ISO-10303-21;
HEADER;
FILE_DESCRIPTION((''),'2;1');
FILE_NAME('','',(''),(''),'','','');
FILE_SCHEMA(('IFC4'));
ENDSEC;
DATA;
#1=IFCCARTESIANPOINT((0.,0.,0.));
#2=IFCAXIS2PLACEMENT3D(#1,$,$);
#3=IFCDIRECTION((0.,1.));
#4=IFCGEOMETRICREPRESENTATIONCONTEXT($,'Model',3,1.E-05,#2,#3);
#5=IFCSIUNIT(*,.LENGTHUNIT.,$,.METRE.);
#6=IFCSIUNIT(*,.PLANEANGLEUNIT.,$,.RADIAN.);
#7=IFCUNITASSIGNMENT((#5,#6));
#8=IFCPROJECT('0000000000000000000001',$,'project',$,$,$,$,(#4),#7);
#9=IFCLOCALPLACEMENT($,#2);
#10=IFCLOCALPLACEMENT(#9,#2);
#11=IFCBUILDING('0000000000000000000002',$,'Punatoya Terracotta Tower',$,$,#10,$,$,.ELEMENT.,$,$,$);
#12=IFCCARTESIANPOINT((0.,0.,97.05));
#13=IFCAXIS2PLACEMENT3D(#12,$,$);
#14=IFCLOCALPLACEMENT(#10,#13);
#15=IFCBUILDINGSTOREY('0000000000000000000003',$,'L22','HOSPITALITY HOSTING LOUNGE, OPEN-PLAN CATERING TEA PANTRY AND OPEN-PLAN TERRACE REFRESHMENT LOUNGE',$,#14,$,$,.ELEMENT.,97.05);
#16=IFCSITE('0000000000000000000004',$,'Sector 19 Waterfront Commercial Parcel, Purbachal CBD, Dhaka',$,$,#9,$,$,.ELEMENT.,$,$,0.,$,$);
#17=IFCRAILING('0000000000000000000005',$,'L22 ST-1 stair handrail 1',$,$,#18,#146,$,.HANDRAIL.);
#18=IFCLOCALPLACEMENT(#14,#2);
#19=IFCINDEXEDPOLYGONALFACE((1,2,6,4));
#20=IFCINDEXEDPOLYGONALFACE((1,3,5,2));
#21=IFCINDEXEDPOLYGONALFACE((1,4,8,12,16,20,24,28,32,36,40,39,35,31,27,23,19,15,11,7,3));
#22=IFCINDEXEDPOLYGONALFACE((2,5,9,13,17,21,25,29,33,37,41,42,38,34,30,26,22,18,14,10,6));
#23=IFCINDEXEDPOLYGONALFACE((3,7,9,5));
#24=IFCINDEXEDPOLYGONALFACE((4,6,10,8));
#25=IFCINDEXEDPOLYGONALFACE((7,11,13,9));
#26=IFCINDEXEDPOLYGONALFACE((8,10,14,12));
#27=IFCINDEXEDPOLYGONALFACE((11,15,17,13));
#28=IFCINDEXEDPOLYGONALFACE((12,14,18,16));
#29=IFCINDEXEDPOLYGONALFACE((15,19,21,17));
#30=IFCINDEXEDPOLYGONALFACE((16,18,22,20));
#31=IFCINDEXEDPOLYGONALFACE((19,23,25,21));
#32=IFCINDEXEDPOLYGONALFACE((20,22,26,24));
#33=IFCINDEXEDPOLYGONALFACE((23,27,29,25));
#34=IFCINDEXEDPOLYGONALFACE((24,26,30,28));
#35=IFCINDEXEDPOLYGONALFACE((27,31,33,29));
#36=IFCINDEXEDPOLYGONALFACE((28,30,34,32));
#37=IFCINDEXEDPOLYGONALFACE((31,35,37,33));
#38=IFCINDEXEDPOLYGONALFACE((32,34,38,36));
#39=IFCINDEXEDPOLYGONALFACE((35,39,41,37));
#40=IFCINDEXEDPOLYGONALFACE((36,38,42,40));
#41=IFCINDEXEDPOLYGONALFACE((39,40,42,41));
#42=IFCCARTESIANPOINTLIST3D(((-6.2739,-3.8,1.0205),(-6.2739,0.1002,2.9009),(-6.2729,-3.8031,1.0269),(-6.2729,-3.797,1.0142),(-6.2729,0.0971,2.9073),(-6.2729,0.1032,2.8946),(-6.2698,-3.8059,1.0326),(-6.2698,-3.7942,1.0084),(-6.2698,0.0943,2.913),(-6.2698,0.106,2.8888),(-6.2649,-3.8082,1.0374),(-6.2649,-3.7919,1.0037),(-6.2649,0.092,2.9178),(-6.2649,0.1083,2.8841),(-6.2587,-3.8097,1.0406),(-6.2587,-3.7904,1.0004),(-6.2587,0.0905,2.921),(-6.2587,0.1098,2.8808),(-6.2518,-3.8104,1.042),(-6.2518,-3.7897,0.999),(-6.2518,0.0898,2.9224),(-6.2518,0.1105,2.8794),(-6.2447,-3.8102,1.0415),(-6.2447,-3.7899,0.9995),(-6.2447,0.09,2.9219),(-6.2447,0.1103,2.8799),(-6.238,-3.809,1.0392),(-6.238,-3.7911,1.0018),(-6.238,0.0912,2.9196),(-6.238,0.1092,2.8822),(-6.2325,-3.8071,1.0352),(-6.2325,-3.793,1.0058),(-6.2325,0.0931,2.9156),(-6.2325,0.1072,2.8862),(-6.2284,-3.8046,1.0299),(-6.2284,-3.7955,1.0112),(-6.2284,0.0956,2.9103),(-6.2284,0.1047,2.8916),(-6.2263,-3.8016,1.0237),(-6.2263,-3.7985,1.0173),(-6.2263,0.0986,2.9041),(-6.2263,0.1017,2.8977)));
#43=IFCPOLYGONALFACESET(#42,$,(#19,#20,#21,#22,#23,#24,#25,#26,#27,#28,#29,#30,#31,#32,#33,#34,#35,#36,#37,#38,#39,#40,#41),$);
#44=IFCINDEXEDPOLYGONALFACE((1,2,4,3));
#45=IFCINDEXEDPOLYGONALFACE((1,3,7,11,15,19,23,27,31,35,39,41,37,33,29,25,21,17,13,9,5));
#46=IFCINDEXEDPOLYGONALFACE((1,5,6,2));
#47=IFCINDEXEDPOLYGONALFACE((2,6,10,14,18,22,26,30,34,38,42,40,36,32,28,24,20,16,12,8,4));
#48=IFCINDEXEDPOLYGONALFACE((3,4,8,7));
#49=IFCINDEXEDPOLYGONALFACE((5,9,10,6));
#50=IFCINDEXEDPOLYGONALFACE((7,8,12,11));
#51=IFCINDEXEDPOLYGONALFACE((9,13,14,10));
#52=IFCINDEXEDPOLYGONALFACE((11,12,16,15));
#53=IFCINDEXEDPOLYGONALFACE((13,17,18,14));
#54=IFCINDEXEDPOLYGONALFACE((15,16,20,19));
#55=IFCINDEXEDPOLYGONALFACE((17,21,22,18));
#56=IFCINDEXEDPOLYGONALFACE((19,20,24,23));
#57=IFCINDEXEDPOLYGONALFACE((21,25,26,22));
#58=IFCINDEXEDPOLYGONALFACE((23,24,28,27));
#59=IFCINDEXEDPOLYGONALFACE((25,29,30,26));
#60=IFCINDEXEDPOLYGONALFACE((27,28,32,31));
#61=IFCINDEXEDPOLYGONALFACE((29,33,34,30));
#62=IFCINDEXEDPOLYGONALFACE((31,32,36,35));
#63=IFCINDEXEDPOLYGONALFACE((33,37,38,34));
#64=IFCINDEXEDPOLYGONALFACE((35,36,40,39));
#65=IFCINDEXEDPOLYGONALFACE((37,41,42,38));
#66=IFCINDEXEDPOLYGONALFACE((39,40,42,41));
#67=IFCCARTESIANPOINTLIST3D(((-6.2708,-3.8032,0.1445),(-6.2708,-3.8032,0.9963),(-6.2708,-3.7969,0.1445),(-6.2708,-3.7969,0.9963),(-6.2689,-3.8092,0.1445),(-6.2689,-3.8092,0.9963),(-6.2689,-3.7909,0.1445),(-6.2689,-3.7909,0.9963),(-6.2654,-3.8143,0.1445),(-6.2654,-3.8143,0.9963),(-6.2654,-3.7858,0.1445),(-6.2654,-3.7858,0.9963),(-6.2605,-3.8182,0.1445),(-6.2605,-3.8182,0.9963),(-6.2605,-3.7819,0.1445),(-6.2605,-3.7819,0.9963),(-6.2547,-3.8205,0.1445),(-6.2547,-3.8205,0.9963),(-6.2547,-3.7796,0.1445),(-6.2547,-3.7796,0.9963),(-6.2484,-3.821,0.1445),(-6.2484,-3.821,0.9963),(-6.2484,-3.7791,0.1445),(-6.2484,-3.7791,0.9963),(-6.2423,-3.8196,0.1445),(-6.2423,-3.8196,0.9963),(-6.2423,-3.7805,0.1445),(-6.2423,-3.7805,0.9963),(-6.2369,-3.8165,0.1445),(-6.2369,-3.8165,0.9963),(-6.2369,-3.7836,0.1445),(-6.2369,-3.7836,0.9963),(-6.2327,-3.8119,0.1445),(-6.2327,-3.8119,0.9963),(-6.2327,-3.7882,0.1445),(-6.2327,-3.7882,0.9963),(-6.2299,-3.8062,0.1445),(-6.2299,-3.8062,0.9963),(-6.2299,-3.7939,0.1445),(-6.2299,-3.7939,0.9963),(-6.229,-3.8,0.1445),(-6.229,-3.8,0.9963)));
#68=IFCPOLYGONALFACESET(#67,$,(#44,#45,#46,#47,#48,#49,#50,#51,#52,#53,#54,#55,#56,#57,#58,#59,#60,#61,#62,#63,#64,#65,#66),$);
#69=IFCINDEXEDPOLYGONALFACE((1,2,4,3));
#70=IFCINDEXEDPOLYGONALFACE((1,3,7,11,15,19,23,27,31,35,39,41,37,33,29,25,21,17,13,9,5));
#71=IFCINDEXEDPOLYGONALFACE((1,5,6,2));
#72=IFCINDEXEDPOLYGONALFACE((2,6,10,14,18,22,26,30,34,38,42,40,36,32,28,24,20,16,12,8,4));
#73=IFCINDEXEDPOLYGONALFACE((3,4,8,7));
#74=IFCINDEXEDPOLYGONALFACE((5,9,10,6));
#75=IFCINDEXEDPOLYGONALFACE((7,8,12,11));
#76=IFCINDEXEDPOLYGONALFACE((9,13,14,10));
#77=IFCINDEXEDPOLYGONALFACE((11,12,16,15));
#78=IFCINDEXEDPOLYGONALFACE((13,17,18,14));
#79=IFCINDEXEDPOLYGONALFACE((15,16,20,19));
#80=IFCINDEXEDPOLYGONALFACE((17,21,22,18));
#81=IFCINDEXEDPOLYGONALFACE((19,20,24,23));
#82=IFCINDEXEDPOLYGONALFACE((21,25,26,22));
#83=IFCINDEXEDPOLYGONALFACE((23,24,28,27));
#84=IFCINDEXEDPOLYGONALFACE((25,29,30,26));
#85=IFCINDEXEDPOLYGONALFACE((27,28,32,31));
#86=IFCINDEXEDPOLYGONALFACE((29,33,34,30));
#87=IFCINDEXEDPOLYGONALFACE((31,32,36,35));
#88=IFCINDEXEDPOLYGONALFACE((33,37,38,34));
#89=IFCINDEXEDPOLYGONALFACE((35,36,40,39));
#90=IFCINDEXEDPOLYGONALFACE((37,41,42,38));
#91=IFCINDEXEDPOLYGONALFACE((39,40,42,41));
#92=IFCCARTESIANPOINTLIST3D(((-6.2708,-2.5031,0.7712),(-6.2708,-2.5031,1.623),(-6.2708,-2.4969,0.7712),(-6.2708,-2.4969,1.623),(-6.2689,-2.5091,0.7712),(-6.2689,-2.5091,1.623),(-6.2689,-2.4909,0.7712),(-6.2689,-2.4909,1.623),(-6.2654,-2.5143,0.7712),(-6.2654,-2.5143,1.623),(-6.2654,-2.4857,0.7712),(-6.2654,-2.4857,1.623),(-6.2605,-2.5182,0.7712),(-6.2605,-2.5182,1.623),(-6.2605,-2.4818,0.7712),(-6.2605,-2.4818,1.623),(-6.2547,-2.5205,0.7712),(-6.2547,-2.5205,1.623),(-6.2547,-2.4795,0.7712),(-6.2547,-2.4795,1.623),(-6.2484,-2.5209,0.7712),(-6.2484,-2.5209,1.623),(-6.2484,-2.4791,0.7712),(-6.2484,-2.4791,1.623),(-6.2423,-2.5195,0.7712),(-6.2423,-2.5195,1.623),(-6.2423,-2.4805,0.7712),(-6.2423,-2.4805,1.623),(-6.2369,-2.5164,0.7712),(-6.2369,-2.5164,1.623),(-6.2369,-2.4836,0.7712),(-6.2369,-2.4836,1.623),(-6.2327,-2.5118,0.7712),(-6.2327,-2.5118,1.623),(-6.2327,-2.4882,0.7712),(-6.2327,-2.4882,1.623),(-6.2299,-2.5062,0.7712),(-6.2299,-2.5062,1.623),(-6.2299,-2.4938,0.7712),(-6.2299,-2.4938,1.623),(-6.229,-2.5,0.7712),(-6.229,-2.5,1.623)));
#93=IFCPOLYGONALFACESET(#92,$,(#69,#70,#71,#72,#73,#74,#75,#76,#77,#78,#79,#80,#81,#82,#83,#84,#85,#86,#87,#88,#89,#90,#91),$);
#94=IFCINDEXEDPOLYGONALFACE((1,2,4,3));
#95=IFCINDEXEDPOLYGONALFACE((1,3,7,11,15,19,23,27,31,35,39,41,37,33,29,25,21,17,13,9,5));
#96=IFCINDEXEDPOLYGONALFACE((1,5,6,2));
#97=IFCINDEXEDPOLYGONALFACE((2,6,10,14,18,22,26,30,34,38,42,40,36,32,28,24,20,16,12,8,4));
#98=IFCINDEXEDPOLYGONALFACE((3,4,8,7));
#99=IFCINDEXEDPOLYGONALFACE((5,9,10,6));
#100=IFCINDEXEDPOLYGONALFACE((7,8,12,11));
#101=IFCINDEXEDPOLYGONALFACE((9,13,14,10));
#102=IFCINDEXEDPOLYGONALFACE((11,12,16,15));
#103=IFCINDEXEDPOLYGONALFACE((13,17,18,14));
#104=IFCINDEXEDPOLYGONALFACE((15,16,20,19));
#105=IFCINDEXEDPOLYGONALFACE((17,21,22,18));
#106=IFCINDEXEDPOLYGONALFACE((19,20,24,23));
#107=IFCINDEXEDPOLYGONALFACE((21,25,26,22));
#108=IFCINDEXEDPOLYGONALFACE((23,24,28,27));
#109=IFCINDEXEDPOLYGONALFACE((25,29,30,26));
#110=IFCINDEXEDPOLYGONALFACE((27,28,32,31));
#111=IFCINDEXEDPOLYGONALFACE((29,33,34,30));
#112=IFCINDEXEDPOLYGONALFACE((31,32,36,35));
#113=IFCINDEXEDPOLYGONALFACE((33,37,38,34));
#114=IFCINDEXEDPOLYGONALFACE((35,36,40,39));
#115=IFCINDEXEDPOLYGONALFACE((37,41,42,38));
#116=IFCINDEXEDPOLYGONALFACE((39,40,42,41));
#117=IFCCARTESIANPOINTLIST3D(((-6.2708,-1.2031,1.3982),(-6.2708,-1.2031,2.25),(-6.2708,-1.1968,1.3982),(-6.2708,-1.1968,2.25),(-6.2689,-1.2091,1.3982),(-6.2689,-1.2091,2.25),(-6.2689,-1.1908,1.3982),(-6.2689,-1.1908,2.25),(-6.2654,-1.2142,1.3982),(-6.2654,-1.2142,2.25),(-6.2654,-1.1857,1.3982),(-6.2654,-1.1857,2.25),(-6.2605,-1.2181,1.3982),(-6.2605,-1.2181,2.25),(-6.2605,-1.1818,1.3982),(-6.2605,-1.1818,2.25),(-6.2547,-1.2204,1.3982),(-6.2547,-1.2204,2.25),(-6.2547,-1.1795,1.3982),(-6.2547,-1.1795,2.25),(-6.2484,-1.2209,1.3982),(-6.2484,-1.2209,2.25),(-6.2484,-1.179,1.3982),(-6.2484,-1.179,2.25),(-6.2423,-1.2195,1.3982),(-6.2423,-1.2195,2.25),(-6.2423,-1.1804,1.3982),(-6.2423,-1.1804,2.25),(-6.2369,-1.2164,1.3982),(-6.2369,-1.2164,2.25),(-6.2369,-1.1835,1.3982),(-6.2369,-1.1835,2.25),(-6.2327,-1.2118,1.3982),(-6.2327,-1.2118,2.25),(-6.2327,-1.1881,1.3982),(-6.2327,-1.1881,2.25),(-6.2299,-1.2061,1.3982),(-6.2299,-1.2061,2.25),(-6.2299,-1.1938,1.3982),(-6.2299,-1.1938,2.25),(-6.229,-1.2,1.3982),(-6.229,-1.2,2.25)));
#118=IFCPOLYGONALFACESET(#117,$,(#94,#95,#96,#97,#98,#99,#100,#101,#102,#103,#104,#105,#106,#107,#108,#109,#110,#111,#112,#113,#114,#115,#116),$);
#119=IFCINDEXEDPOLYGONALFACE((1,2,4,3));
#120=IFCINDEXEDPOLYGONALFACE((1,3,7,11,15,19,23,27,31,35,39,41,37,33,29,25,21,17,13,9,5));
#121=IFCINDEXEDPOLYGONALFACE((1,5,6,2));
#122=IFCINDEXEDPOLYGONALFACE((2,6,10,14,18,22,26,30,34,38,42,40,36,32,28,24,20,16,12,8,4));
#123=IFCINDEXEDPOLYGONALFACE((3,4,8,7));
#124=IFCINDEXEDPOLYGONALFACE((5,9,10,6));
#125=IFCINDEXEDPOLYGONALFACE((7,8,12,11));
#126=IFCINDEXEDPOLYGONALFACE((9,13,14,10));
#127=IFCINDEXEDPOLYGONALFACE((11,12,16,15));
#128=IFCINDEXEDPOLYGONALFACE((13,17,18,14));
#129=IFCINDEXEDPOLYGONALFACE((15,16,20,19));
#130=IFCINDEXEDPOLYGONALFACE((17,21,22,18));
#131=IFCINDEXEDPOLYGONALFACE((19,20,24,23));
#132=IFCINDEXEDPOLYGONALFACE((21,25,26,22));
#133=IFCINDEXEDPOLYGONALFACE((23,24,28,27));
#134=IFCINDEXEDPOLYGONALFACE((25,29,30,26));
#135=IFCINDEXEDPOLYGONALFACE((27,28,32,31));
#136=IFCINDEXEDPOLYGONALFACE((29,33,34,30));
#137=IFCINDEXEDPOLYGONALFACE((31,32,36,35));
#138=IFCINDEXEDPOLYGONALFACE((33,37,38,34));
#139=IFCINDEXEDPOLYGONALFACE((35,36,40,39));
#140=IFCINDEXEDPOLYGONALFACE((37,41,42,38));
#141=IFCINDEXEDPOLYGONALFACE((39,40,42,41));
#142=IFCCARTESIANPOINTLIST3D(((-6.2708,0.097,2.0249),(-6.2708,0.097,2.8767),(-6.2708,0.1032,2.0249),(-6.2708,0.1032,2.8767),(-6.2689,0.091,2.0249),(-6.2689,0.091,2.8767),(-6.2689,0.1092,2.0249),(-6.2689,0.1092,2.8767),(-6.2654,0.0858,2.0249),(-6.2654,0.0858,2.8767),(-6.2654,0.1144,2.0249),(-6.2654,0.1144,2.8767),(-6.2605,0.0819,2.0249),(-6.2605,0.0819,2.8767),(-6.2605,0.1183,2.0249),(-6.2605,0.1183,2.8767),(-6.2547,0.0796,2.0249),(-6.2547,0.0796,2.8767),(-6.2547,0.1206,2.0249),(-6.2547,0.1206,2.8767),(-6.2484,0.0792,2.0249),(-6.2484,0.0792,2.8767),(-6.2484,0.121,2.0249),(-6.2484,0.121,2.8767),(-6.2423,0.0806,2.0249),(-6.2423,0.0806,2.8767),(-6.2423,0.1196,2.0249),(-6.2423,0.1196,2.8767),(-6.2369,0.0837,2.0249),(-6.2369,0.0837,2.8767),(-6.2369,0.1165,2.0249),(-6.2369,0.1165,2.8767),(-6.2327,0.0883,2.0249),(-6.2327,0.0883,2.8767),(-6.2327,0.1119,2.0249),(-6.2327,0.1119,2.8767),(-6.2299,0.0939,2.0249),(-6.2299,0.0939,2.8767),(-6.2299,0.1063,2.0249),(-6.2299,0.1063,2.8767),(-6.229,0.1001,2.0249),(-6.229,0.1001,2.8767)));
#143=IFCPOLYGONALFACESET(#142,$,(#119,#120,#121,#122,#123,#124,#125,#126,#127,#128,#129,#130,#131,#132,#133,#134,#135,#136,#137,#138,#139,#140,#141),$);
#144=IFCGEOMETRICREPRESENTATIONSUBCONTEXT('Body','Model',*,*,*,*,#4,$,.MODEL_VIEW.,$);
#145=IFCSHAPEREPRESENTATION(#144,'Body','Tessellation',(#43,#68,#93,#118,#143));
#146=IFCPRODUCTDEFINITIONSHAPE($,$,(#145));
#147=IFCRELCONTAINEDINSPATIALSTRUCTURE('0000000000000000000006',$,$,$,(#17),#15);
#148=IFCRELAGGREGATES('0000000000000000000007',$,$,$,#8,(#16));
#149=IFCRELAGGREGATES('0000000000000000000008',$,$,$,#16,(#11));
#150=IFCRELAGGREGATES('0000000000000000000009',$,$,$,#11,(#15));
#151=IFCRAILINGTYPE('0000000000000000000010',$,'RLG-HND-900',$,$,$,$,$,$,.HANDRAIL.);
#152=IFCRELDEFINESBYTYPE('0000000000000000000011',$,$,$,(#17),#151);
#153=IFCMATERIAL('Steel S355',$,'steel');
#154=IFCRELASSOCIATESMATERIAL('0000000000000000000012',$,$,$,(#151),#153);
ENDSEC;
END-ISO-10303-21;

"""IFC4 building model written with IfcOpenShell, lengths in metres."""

from ifc_helpers import new_model, si_unit, direction, frame, origin, origin_2d, place, context, subcontext, project, spatial, circle, extrude, material, type_object, element, save


model = new_model("IFC4")

# Units and contexts
model_context = context("Model", 3, precision=1e-05, world=origin(), true_north=direction((0.0, 1.0)))
body_context = subcontext(model_context, "Body", "Model", "MODEL_VIEW")
ifc_project = project(units=[si_unit("LENGTHUNIT", "METRE"), si_unit("PLANEANGLEUNIT", "RADIAN")], contexts=[model_context])

# Site, building, storey
site_placement = place(None, origin())
site = spatial("IfcSite", under=ifc_project, at=site_placement, Name="Sector 19 Waterfront Commercial Parcel, Purbachal CBD, Dhaka", CompositionType="ELEMENT", RefElevation=0.0)
building_placement = place(site_placement, origin())
building = spatial("IfcBuilding", under=site, at=building_placement, Name="Punatoya Terracotta Tower", CompositionType="ELEMENT")
storey_placement = place(building_placement, frame((0.0, 0.0, 97.05)))
storey = spatial("IfcBuildingStorey", under=building, at=storey_placement, Name="L22", Description="HOSPITALITY HOSTING LOUNGE, OPEN-PLAN CATERING TEA PANTRY AND OPEN-PLAN TERRACE REFRESHMENT LOUNGE", CompositionType="ELEMENT", Elevation=97.05)

# Shared definitions
ifc_material_1 = material(Name="Steel S355", Category="steel")

# Railing
railing_type_1 = type_object("IfcRailingType", Name="RLG-HND-900", PredefinedType="HANDRAIL", material=ifc_material_1)
railing_1_placement = place(storey_placement, frame((-6.25, -3.8, 0.1445)))
element("IfcRailing", 1, at=railing_1_placement, inside=storey, type_object=railing_type_1, Name="L22 ST-1 stair handrail 1", PredefinedType="HANDRAIL", context=body_context, shape_type="SweptSolid", body=[
    extrude(circle(Radius=0.0239, at=origin_2d()), frame((0.0, 0.0, 0.876), z_axis=(0.0, 0.900774, 0.434289), x_axis=(-1.0, 0.0, 0.0)), (0.0, 0.0, 1.0), 4.3298),
    extrude(circle(Radius=0.021, at=origin_2d()), origin(), (0.0, 0.0, 1.0), 0.8518),
    extrude(circle(Radius=0.021, at=origin_2d()), frame((0.0, 1.3, 0.6267)), (0.0, 0.0, 1.0), 0.8518),
    extrude(circle(Radius=0.021, at=origin_2d()), frame((0.0, 2.6001, 1.2537)), (0.0, 0.0, 1.0), 0.8518),
    extrude(circle(Radius=0.021, at=origin_2d()), frame((0.0, 3.9001, 1.8804)), (0.0, 0.0, 1.0), 0.8518),
])

save(model, "model.ifc")
